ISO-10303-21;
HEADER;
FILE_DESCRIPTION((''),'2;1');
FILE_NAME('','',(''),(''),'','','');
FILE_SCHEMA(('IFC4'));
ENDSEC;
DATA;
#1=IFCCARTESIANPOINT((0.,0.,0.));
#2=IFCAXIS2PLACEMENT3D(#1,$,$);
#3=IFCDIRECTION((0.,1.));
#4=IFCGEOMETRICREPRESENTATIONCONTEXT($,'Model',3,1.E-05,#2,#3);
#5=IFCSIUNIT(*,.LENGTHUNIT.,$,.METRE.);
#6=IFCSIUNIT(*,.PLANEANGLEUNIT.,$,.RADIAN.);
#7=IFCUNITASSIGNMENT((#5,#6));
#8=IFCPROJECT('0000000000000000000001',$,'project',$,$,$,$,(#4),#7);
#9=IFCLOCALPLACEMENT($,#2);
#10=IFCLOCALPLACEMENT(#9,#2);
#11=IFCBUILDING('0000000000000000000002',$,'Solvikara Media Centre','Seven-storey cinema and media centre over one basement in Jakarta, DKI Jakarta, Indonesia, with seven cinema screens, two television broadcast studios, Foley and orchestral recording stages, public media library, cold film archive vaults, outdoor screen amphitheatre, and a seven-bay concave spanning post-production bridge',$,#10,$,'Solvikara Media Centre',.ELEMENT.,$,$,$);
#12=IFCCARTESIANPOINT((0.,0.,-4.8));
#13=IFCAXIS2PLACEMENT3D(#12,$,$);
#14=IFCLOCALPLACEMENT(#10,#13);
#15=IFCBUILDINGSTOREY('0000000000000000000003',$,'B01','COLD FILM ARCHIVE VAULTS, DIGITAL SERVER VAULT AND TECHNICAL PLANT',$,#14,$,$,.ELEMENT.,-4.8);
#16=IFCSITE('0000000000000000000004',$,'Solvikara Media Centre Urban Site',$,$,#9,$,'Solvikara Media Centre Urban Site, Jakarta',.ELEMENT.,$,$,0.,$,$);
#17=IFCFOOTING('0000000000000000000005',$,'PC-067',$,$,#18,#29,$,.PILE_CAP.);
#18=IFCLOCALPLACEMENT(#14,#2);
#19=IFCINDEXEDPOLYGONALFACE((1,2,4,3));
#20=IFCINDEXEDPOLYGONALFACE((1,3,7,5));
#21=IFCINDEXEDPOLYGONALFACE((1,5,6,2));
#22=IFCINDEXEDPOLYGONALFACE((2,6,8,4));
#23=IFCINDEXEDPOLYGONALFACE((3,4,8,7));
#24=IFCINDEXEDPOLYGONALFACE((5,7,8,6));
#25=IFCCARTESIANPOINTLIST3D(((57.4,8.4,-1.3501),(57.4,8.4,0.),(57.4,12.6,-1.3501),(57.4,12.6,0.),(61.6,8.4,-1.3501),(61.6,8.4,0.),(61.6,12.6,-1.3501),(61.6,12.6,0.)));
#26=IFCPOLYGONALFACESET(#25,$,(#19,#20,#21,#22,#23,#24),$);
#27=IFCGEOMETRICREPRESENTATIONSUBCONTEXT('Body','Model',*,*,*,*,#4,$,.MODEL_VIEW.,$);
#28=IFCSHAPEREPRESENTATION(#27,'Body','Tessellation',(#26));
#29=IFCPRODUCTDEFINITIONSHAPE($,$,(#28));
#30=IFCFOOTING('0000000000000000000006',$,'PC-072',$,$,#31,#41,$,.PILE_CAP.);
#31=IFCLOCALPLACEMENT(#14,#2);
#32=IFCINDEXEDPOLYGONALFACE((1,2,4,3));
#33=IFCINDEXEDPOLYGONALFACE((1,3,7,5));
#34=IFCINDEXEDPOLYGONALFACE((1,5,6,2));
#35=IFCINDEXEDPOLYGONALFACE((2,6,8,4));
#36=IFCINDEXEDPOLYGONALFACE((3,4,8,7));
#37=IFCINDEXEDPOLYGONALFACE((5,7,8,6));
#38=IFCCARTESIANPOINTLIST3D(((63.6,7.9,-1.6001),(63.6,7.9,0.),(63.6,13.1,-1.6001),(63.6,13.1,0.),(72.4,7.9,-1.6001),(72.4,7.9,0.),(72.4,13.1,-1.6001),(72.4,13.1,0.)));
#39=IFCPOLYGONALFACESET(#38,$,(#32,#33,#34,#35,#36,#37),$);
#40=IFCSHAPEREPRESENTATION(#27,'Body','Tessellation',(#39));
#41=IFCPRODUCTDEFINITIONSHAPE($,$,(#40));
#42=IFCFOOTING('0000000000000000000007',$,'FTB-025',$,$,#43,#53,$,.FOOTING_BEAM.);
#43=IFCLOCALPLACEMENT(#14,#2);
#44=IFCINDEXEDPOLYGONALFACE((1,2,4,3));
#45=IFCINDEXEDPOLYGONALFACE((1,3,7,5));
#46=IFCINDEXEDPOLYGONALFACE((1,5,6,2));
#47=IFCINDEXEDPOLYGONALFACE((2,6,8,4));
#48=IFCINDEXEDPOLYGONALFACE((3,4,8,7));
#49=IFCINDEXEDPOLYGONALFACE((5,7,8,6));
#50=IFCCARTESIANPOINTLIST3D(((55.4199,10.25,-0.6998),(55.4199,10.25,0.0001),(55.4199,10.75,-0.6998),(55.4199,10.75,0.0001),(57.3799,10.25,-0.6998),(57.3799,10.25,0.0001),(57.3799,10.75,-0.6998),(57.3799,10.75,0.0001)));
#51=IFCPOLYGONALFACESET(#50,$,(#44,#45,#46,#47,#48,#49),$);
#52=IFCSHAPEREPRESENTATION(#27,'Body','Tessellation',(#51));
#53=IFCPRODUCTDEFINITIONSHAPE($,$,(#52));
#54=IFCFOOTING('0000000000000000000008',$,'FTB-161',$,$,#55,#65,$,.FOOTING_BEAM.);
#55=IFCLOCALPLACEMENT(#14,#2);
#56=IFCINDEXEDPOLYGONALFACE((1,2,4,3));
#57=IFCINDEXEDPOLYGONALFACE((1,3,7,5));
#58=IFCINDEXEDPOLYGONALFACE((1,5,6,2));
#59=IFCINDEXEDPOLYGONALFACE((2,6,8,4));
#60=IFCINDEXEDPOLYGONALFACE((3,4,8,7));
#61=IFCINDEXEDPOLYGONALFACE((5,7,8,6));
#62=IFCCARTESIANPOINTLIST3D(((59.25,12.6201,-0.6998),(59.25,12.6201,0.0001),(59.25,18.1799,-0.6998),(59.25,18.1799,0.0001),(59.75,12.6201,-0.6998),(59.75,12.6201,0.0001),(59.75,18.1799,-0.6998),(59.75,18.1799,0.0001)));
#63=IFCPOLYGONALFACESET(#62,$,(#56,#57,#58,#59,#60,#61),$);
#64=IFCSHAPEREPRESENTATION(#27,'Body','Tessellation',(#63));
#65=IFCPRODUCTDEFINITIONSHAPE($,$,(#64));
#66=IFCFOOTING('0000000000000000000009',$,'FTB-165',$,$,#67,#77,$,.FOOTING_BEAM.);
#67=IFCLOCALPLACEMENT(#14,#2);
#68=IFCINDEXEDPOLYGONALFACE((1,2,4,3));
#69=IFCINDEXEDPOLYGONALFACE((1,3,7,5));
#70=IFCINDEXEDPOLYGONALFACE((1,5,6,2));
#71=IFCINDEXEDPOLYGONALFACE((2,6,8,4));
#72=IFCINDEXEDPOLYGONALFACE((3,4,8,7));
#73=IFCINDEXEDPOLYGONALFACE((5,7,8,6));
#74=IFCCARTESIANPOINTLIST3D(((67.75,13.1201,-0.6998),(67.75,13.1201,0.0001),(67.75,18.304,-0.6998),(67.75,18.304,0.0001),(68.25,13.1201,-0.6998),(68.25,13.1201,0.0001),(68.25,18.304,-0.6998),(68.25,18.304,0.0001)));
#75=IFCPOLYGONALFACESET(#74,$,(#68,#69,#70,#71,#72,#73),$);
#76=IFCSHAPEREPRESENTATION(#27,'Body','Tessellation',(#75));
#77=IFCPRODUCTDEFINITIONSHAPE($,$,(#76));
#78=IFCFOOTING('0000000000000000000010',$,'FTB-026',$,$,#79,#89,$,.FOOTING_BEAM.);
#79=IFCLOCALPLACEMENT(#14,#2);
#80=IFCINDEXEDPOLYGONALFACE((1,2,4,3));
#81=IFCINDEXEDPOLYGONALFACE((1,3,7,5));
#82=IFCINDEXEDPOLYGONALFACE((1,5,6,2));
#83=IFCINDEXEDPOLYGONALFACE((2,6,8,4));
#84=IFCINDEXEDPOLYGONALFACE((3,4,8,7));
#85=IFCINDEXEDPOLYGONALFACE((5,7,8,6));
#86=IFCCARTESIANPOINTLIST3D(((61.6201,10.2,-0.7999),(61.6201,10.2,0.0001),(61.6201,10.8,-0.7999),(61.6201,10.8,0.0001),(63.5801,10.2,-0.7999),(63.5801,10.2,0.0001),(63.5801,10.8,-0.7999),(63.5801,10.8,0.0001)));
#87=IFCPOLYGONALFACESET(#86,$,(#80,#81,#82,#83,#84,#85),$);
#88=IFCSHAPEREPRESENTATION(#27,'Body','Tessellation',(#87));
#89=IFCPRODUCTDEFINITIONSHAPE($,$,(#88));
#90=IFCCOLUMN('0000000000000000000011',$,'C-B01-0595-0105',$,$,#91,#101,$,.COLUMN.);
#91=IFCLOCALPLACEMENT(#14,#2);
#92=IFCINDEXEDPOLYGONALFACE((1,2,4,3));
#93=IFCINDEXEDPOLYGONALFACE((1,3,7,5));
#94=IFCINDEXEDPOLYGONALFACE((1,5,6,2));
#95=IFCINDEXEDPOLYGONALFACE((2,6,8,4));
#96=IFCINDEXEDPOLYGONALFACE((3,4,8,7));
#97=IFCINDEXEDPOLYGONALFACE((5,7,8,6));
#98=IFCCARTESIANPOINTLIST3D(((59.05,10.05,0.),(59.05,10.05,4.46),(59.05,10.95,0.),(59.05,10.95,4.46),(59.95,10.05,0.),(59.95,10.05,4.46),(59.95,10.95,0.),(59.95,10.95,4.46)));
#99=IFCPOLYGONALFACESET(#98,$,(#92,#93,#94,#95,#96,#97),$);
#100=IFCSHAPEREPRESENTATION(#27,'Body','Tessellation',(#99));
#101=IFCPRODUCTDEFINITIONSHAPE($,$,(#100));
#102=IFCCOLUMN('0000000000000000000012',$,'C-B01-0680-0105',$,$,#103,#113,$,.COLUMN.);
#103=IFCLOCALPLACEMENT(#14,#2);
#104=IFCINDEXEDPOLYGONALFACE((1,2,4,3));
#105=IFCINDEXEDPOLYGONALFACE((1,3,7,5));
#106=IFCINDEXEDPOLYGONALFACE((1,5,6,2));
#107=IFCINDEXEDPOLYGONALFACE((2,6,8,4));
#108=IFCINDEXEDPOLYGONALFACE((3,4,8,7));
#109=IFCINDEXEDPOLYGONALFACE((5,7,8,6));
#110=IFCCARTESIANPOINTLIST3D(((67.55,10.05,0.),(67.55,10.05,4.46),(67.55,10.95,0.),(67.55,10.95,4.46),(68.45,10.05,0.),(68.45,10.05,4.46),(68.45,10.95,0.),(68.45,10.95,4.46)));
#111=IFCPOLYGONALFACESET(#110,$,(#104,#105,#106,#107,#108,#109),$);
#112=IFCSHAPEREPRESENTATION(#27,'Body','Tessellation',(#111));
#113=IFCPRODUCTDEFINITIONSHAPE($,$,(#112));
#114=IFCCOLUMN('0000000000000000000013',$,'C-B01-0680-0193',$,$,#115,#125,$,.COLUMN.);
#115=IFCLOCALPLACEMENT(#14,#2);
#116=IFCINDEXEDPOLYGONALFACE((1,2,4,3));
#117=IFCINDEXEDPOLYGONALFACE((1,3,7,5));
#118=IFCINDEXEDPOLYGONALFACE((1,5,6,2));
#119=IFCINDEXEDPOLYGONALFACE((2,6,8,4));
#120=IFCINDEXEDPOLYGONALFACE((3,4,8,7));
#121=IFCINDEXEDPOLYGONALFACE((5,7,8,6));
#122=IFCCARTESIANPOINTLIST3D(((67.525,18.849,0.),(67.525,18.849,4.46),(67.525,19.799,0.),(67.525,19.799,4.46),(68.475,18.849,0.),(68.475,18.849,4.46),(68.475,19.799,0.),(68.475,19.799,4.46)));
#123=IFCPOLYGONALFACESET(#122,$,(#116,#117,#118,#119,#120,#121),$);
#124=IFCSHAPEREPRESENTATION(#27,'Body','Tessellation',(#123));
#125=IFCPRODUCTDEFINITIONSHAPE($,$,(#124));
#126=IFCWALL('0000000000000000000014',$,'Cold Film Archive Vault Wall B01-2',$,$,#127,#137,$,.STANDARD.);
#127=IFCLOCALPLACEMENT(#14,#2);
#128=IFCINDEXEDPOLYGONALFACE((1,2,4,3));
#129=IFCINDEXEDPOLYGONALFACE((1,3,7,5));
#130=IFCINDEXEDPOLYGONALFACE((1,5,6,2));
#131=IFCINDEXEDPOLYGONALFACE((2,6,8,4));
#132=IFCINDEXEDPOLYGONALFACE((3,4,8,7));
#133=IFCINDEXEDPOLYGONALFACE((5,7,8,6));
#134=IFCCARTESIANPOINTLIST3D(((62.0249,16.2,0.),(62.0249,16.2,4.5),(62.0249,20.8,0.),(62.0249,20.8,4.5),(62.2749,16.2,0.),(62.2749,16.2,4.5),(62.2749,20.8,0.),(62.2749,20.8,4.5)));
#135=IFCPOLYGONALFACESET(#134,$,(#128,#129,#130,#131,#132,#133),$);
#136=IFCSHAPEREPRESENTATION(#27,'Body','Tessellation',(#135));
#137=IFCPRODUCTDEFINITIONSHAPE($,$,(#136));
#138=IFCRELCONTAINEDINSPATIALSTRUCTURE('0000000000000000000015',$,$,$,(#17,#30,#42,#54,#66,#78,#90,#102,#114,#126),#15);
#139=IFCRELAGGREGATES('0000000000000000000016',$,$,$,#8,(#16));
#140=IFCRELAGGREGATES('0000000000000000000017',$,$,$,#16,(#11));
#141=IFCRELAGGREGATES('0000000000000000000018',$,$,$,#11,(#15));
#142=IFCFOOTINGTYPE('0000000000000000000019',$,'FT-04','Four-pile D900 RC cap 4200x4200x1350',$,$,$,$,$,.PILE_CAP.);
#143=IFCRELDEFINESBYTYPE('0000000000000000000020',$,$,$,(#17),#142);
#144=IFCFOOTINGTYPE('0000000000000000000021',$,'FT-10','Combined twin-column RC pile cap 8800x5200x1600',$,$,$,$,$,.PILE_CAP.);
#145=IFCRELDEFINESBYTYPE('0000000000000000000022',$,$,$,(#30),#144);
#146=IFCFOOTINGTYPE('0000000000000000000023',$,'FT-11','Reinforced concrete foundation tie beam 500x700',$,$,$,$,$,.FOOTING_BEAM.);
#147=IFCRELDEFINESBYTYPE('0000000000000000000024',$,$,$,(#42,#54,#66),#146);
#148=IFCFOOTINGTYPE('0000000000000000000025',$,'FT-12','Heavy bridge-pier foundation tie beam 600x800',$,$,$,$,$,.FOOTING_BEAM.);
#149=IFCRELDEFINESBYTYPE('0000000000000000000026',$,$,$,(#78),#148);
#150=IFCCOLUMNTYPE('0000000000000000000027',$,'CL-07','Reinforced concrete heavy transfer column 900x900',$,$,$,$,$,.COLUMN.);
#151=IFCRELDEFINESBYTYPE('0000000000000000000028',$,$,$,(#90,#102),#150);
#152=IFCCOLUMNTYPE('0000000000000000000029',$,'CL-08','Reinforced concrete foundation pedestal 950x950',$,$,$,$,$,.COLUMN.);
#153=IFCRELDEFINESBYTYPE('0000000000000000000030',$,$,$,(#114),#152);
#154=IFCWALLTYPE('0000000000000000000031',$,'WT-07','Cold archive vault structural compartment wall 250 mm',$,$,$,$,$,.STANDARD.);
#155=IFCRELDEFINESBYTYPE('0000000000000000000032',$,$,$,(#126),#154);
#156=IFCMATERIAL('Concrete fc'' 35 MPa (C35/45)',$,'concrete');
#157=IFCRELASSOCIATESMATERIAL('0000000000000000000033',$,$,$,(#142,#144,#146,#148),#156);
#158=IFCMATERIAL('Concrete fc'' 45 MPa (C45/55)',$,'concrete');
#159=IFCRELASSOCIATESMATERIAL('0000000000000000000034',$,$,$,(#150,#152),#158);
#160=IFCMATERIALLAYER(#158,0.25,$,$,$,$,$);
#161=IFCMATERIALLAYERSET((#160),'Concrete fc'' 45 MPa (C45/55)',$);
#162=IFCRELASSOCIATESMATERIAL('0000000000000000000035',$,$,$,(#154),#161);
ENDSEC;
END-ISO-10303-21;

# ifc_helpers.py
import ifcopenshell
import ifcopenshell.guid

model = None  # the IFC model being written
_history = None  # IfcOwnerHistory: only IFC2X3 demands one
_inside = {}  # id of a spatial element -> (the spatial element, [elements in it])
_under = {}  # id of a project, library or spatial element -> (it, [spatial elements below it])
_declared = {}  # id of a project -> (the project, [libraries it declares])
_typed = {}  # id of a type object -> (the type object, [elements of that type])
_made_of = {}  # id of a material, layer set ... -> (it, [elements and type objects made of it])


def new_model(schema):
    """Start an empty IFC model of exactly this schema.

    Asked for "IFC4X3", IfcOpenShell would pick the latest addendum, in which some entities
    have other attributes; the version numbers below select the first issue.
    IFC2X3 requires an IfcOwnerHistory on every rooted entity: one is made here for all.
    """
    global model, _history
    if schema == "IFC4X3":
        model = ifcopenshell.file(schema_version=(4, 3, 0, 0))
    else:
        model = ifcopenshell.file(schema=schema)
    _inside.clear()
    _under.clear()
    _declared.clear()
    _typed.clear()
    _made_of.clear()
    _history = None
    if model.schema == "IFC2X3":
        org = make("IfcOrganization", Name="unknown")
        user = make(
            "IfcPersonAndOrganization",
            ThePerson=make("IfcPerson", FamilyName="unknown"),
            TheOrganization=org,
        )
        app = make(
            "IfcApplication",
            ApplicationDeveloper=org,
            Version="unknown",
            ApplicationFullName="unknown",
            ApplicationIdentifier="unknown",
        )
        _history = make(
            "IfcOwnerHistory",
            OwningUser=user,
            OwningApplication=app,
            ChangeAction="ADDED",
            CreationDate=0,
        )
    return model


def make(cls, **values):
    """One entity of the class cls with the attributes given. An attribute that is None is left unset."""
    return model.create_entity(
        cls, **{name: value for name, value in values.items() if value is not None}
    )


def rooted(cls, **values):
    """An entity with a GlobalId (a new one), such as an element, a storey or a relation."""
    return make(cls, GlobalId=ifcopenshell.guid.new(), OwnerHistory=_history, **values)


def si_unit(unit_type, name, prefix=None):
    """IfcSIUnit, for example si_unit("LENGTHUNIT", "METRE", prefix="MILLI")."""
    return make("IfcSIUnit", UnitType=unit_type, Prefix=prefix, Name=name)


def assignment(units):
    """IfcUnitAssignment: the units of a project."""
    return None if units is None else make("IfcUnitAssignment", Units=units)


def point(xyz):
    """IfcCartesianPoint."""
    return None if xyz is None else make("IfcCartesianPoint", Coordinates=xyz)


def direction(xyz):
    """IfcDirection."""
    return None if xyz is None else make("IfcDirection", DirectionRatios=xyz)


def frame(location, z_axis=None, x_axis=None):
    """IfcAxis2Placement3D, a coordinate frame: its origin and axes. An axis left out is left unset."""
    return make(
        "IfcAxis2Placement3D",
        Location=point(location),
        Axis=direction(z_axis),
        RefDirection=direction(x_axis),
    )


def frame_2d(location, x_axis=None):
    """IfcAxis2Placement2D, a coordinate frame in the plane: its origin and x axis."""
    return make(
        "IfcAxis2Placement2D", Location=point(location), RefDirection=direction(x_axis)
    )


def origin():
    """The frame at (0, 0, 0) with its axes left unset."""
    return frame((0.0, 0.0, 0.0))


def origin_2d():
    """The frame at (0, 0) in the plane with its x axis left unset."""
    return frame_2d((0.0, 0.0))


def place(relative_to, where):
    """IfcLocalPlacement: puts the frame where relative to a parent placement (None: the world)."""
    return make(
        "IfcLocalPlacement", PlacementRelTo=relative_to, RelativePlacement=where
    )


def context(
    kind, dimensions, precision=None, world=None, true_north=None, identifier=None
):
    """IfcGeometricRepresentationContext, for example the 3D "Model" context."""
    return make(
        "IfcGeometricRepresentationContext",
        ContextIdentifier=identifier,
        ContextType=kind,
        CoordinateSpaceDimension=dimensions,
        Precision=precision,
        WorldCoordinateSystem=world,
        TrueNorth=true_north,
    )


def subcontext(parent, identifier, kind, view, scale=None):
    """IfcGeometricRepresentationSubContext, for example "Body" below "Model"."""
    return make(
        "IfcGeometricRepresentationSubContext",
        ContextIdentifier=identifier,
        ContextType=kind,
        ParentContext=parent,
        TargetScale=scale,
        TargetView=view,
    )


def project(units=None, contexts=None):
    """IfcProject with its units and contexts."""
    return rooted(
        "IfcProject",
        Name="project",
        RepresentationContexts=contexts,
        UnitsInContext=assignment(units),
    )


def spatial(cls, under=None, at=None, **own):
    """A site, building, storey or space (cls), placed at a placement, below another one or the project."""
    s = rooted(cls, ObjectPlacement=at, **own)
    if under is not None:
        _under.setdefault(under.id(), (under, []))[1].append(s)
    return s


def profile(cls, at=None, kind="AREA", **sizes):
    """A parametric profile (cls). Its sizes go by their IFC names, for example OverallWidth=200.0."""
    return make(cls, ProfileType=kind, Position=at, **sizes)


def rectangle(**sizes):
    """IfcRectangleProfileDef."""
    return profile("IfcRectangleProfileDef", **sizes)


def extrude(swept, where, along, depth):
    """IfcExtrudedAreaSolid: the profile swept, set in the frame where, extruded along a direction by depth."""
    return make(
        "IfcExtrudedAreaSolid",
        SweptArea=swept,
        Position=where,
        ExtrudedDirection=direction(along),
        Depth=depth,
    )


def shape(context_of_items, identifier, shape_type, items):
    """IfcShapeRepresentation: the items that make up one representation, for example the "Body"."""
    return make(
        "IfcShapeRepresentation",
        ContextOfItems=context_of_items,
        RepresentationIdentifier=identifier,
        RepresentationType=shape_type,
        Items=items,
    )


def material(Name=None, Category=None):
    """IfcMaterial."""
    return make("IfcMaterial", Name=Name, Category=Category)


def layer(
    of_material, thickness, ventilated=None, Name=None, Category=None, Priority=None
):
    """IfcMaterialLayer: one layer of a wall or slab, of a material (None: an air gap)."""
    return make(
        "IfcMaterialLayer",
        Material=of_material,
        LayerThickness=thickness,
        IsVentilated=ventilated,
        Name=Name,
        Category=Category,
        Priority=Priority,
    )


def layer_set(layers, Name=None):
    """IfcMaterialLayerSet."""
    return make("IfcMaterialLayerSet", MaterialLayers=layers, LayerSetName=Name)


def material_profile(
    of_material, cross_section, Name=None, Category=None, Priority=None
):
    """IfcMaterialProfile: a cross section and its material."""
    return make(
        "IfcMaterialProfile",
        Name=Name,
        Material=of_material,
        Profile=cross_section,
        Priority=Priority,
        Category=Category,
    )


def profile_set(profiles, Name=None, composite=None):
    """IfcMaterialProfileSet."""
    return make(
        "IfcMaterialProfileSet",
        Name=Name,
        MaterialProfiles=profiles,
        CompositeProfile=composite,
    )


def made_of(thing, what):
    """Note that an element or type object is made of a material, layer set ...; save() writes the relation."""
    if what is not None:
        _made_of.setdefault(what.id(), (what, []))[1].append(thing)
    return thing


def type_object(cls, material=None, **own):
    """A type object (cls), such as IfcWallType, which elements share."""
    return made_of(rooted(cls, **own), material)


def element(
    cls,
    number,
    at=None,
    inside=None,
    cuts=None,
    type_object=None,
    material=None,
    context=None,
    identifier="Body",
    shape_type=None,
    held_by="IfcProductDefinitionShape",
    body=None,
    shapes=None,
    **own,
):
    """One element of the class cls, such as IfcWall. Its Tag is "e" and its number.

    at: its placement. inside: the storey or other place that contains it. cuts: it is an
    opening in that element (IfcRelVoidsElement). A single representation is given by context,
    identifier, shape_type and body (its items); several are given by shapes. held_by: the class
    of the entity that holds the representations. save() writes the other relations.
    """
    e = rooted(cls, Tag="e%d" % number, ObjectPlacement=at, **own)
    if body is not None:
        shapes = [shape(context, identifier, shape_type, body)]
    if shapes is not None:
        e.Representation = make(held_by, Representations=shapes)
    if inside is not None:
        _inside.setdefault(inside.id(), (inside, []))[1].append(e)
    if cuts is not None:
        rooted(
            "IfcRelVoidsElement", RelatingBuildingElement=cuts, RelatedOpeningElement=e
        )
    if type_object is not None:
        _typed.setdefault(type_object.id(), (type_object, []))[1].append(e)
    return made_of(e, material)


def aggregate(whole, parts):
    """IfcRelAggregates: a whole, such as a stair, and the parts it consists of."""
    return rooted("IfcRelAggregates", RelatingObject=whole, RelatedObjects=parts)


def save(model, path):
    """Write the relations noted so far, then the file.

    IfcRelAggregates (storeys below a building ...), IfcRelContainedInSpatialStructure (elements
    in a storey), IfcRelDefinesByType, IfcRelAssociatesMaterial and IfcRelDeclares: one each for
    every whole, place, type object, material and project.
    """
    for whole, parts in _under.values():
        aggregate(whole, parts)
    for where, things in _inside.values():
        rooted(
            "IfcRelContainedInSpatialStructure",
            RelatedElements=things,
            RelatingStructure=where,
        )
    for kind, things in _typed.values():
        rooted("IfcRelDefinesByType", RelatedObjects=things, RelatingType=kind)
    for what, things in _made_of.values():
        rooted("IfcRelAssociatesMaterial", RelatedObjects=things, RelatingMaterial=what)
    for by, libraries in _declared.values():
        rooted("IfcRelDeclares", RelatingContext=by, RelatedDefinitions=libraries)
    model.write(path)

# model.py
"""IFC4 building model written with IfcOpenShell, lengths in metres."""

from ifc_helpers import new_model, si_unit, direction, frame, frame_2d, origin, origin_2d, place, context, subcontext, project, spatial, rectangle, extrude, material, layer, layer_set, material_profile, profile_set, type_object, element, save


model = new_model("IFC4")

# Units and contexts
model_context = context("Model", 3, precision=1e-05, world=origin(), true_north=direction((0.0, 1.0)))
body_context = subcontext(model_context, "Body", "Model", "MODEL_VIEW")
ifc_project = project(units=[si_unit("LENGTHUNIT", "METRE"), si_unit("PLANEANGLEUNIT", "RADIAN")], contexts=[model_context])

# Site, building, storey
site_placement = place(None, origin())
site = spatial("IfcSite", under=ifc_project, at=site_placement, Name="Solvikara Media Centre Urban Site", LongName="Solvikara Media Centre Urban Site, Jakarta", CompositionType="ELEMENT", RefElevation=0.0)
building_placement = place(site_placement, origin())
building = spatial("IfcBuilding", under=site, at=building_placement, Name="Solvikara Media Centre", Description="Seven-storey cinema and media centre over one basement in Jakarta, DKI Jakarta, Indonesia, with seven cinema screens, two television broadcast studios, Foley and orchestral recording stages, public media library, cold film archive vaults, outdoor screen amphitheatre, and a seven-bay concave spanning post-production bridge", LongName="Solvikara Media Centre", CompositionType="ELEMENT")
storey_placement = place(building_placement, frame((0.0, 0.0, -4.8)))
storey = spatial("IfcBuildingStorey", under=building, at=storey_placement, Name="B01", Description="COLD FILM ARCHIVE VAULTS, DIGITAL SERVER VAULT AND TECHNICAL PLANT", CompositionType="ELEMENT", Elevation=-4.8)

# Shared definitions
ifc_material_1 = material(Name="Concrete fc' 35 MPa (C35/45)", Category="concrete")

# Footings
footing_type_1 = type_object("IfcFootingType", Name="FT-04", Description="Four-pile D900 RC cap 4200x4200x1350", PredefinedType="PILE_CAP", material=ifc_material_1)
footing_1_placement = place(storey_placement, frame((59.5, 10.5, -1.3501), z_axis=(0.0, 0.0, 1.0), x_axis=(1.0, 0.0, 0.0)))
element("IfcFooting", 1, at=footing_1_placement, inside=storey, type_object=footing_type_1, Name="PC-067", PredefinedType="PILE_CAP", context=body_context, shape_type="SweptSolid", body=[
    extrude(rectangle(XDim=4.2, YDim=4.2, at=origin_2d()), origin(), (0.0, 0.0, 1.0), 1.3501),
])
footing_type_2 = type_object("IfcFootingType", Name="FT-10", Description="Combined twin-column RC pile cap 8800x5200x1600", PredefinedType="PILE_CAP", material=ifc_material_1)
footing_2_placement = place(storey_placement, frame((68.0, 10.5, -1.6001), z_axis=(0.0, 0.0, 1.0), x_axis=(1.0, 0.0, 0.0)))
element("IfcFooting", 2, at=footing_2_placement, inside=storey, type_object=footing_type_2, Name="PC-072", PredefinedType="PILE_CAP", context=body_context, shape_type="SweptSolid", body=[
    extrude(rectangle(XDim=8.8, YDim=5.2, at=origin_2d()), origin(), (0.0, 0.0, 1.0), 1.6001),
])
ifc_material_profile_1 = material_profile(ifc_material_1, rectangle(XDim=0.5, YDim=0.7, at=origin_2d()), Name="RC 500x700")
ifc_profile_set_1 = profile_set([ifc_material_profile_1], Name="Concrete fc' 35 MPa (C35/45)")
footing_type_3 = type_object("IfcFootingType", Name="FT-11", Description="Reinforced concrete foundation tie beam 500x700", PredefinedType="FOOTING_BEAM", material=ifc_profile_set_1)
footing_3_placement = place(storey_placement, frame((55.4199, 10.5, -0.3499), z_axis=(1.0, 0.0, 0.0), x_axis=(0.0, 1.0, 0.0)))
element("IfcFooting", 3, at=footing_3_placement, inside=storey, type_object=footing_type_3, Name="FTB-025", PredefinedType="FOOTING_BEAM", context=body_context, shape_type="SweptSolid", body=[
    extrude(rectangle(XDim=0.5, YDim=0.7, at=origin_2d()), origin(), (0.0, 0.0, 1.0), 1.96),
])
footing_4_placement = place(storey_placement, frame((59.5, 12.6201, -0.3499), z_axis=(0.0, 1.0, 0.0), x_axis=(-1.0, 0.0, 0.0)))
element("IfcFooting", 4, at=footing_4_placement, inside=storey, type_object=footing_type_3, Name="FTB-161", PredefinedType="FOOTING_BEAM", context=body_context, shape_type="SweptSolid", body=[
    extrude(rectangle(XDim=0.5, YDim=0.7, at=origin_2d()), origin(), (0.0, 0.0, 1.0), 5.5598),
])
footing_5_placement = place(storey_placement, frame((68.0, 13.1201, -0.3499), z_axis=(0.0, 1.0, 0.0), x_axis=(-1.0, 0.0, 0.0)))
element("IfcFooting", 5, at=footing_5_placement, inside=storey, type_object=footing_type_3, Name="FTB-165", PredefinedType="FOOTING_BEAM", context=body_context, shape_type="SweptSolid", body=[
    extrude(rectangle(XDim=0.5, YDim=0.7, at=origin_2d()), origin(), (0.0, 0.0, 1.0), 5.1838),
])
ifc_material_profile_2 = material_profile(ifc_material_1, rectangle(XDim=0.6001, YDim=0.8, at=origin_2d()), Name="RC 600x800")
ifc_profile_set_2 = profile_set([ifc_material_profile_2], Name="Concrete fc' 35 MPa (C35/45)")
footing_type_4 = type_object("IfcFootingType", Name="FT-12", Description="Heavy bridge-pier foundation tie beam 600x800", PredefinedType="FOOTING_BEAM", material=ifc_profile_set_2)
footing_6_placement = place(storey_placement, frame((61.6201, 10.5, -0.3999), z_axis=(1.0, 0.0, 0.0), x_axis=(0.0, 1.0, 0.0)))
element("IfcFooting", 6, at=footing_6_placement, inside=storey, type_object=footing_type_4, Name="FTB-026", PredefinedType="FOOTING_BEAM", context=body_context, shape_type="SweptSolid", body=[
    extrude(rectangle(XDim=0.6001, YDim=0.8, at=origin_2d()), origin(), (0.0, 0.0, 1.0), 1.96),
])

# Columns
ifc_material_2 = material(Name="Concrete fc' 45 MPa (C45/55)", Category="concrete")
ifc_material_profile_3 = material_profile(ifc_material_2, rectangle(XDim=0.8999, YDim=0.8999, at=origin_2d()), Name="RC 900x900")
ifc_profile_set_3 = profile_set([ifc_material_profile_3], Name="Concrete fc' 45 MPa (C45/55)")
column_type_1 = type_object("IfcColumnType", Name="CL-07", Description="Reinforced concrete heavy transfer column 900x900", PredefinedType="COLUMN", material=ifc_profile_set_3)
for number, where, z_axis, x_axis, name in (
    (7, (59.5, 10.5, 0.0), (0.0, 0.0, 1.0), (1.0, 0.0, 0.0), "C-B01-0595-0105"),
    (8, (68.0, 10.5, 0.0), (0.0, 0.0, 1.0), (1.0, 0.0, 0.0), "C-B01-0680-0105"),
):
    element("IfcColumn", number, at=place(storey_placement, frame(where, z_axis=z_axis, x_axis=x_axis)), inside=storey, type_object=column_type_1, Name=name, PredefinedType="COLUMN", context=body_context, shape_type="SweptSolid", body=[
        extrude(rectangle(XDim=0.8999, YDim=0.8999, at=origin_2d()), origin(), (0.0, 0.0, 1.0), 4.46),
    ])
ifc_material_profile_4 = material_profile(ifc_material_2, rectangle(XDim=0.95, YDim=0.95, at=origin_2d()), Name="RC 950x950")
ifc_profile_set_4 = profile_set([ifc_material_profile_4], Name="Concrete fc' 45 MPa (C45/55)")
column_type_2 = type_object("IfcColumnType", Name="CL-08", Description="Reinforced concrete foundation pedestal 950x950", PredefinedType="COLUMN", material=ifc_profile_set_4)
column_placement = place(storey_placement, frame((68.0, 19.324, 0.0), z_axis=(0.0, 0.0, 1.0), x_axis=(1.0, 0.0, 0.0)))
element("IfcColumn", 9, at=column_placement, inside=storey, type_object=column_type_2, Name="C-B01-0680-0193", PredefinedType="COLUMN", context=body_context, shape_type="SweptSolid", body=[
    extrude(rectangle(XDim=0.95, YDim=0.95, at=origin_2d()), origin(), (0.0, 0.0, 1.0), 4.46),
])

# Wall
ifc_layer = layer(ifc_material_2, 0.25)
ifc_layer_set = layer_set([ifc_layer], Name="Concrete fc' 45 MPa (C45/55)")
wall_type = type_object("IfcWallType", Name="WT-07", Description="Cold archive vault structural compartment wall 250 mm", PredefinedType="STANDARD", material=ifc_layer_set)
wall_placement = place(storey_placement, frame((62.1499, 16.2, 0.0), z_axis=(0.0, 0.0, 1.0), x_axis=(0.0, 1.0, 0.0)))
element("IfcWall", 10, at=wall_placement, inside=storey, type_object=wall_type, Name="Cold Film Archive Vault Wall B01-2", PredefinedType="STANDARD", context=body_context, shape_type="SweptSolid", body=[
    extrude(rectangle(XDim=4.6001, YDim=0.25, at=frame_2d((2.3, 0.0))), origin(), (0.0, 0.0, 1.0), 4.5),
])

save(model, "model.ifc")
